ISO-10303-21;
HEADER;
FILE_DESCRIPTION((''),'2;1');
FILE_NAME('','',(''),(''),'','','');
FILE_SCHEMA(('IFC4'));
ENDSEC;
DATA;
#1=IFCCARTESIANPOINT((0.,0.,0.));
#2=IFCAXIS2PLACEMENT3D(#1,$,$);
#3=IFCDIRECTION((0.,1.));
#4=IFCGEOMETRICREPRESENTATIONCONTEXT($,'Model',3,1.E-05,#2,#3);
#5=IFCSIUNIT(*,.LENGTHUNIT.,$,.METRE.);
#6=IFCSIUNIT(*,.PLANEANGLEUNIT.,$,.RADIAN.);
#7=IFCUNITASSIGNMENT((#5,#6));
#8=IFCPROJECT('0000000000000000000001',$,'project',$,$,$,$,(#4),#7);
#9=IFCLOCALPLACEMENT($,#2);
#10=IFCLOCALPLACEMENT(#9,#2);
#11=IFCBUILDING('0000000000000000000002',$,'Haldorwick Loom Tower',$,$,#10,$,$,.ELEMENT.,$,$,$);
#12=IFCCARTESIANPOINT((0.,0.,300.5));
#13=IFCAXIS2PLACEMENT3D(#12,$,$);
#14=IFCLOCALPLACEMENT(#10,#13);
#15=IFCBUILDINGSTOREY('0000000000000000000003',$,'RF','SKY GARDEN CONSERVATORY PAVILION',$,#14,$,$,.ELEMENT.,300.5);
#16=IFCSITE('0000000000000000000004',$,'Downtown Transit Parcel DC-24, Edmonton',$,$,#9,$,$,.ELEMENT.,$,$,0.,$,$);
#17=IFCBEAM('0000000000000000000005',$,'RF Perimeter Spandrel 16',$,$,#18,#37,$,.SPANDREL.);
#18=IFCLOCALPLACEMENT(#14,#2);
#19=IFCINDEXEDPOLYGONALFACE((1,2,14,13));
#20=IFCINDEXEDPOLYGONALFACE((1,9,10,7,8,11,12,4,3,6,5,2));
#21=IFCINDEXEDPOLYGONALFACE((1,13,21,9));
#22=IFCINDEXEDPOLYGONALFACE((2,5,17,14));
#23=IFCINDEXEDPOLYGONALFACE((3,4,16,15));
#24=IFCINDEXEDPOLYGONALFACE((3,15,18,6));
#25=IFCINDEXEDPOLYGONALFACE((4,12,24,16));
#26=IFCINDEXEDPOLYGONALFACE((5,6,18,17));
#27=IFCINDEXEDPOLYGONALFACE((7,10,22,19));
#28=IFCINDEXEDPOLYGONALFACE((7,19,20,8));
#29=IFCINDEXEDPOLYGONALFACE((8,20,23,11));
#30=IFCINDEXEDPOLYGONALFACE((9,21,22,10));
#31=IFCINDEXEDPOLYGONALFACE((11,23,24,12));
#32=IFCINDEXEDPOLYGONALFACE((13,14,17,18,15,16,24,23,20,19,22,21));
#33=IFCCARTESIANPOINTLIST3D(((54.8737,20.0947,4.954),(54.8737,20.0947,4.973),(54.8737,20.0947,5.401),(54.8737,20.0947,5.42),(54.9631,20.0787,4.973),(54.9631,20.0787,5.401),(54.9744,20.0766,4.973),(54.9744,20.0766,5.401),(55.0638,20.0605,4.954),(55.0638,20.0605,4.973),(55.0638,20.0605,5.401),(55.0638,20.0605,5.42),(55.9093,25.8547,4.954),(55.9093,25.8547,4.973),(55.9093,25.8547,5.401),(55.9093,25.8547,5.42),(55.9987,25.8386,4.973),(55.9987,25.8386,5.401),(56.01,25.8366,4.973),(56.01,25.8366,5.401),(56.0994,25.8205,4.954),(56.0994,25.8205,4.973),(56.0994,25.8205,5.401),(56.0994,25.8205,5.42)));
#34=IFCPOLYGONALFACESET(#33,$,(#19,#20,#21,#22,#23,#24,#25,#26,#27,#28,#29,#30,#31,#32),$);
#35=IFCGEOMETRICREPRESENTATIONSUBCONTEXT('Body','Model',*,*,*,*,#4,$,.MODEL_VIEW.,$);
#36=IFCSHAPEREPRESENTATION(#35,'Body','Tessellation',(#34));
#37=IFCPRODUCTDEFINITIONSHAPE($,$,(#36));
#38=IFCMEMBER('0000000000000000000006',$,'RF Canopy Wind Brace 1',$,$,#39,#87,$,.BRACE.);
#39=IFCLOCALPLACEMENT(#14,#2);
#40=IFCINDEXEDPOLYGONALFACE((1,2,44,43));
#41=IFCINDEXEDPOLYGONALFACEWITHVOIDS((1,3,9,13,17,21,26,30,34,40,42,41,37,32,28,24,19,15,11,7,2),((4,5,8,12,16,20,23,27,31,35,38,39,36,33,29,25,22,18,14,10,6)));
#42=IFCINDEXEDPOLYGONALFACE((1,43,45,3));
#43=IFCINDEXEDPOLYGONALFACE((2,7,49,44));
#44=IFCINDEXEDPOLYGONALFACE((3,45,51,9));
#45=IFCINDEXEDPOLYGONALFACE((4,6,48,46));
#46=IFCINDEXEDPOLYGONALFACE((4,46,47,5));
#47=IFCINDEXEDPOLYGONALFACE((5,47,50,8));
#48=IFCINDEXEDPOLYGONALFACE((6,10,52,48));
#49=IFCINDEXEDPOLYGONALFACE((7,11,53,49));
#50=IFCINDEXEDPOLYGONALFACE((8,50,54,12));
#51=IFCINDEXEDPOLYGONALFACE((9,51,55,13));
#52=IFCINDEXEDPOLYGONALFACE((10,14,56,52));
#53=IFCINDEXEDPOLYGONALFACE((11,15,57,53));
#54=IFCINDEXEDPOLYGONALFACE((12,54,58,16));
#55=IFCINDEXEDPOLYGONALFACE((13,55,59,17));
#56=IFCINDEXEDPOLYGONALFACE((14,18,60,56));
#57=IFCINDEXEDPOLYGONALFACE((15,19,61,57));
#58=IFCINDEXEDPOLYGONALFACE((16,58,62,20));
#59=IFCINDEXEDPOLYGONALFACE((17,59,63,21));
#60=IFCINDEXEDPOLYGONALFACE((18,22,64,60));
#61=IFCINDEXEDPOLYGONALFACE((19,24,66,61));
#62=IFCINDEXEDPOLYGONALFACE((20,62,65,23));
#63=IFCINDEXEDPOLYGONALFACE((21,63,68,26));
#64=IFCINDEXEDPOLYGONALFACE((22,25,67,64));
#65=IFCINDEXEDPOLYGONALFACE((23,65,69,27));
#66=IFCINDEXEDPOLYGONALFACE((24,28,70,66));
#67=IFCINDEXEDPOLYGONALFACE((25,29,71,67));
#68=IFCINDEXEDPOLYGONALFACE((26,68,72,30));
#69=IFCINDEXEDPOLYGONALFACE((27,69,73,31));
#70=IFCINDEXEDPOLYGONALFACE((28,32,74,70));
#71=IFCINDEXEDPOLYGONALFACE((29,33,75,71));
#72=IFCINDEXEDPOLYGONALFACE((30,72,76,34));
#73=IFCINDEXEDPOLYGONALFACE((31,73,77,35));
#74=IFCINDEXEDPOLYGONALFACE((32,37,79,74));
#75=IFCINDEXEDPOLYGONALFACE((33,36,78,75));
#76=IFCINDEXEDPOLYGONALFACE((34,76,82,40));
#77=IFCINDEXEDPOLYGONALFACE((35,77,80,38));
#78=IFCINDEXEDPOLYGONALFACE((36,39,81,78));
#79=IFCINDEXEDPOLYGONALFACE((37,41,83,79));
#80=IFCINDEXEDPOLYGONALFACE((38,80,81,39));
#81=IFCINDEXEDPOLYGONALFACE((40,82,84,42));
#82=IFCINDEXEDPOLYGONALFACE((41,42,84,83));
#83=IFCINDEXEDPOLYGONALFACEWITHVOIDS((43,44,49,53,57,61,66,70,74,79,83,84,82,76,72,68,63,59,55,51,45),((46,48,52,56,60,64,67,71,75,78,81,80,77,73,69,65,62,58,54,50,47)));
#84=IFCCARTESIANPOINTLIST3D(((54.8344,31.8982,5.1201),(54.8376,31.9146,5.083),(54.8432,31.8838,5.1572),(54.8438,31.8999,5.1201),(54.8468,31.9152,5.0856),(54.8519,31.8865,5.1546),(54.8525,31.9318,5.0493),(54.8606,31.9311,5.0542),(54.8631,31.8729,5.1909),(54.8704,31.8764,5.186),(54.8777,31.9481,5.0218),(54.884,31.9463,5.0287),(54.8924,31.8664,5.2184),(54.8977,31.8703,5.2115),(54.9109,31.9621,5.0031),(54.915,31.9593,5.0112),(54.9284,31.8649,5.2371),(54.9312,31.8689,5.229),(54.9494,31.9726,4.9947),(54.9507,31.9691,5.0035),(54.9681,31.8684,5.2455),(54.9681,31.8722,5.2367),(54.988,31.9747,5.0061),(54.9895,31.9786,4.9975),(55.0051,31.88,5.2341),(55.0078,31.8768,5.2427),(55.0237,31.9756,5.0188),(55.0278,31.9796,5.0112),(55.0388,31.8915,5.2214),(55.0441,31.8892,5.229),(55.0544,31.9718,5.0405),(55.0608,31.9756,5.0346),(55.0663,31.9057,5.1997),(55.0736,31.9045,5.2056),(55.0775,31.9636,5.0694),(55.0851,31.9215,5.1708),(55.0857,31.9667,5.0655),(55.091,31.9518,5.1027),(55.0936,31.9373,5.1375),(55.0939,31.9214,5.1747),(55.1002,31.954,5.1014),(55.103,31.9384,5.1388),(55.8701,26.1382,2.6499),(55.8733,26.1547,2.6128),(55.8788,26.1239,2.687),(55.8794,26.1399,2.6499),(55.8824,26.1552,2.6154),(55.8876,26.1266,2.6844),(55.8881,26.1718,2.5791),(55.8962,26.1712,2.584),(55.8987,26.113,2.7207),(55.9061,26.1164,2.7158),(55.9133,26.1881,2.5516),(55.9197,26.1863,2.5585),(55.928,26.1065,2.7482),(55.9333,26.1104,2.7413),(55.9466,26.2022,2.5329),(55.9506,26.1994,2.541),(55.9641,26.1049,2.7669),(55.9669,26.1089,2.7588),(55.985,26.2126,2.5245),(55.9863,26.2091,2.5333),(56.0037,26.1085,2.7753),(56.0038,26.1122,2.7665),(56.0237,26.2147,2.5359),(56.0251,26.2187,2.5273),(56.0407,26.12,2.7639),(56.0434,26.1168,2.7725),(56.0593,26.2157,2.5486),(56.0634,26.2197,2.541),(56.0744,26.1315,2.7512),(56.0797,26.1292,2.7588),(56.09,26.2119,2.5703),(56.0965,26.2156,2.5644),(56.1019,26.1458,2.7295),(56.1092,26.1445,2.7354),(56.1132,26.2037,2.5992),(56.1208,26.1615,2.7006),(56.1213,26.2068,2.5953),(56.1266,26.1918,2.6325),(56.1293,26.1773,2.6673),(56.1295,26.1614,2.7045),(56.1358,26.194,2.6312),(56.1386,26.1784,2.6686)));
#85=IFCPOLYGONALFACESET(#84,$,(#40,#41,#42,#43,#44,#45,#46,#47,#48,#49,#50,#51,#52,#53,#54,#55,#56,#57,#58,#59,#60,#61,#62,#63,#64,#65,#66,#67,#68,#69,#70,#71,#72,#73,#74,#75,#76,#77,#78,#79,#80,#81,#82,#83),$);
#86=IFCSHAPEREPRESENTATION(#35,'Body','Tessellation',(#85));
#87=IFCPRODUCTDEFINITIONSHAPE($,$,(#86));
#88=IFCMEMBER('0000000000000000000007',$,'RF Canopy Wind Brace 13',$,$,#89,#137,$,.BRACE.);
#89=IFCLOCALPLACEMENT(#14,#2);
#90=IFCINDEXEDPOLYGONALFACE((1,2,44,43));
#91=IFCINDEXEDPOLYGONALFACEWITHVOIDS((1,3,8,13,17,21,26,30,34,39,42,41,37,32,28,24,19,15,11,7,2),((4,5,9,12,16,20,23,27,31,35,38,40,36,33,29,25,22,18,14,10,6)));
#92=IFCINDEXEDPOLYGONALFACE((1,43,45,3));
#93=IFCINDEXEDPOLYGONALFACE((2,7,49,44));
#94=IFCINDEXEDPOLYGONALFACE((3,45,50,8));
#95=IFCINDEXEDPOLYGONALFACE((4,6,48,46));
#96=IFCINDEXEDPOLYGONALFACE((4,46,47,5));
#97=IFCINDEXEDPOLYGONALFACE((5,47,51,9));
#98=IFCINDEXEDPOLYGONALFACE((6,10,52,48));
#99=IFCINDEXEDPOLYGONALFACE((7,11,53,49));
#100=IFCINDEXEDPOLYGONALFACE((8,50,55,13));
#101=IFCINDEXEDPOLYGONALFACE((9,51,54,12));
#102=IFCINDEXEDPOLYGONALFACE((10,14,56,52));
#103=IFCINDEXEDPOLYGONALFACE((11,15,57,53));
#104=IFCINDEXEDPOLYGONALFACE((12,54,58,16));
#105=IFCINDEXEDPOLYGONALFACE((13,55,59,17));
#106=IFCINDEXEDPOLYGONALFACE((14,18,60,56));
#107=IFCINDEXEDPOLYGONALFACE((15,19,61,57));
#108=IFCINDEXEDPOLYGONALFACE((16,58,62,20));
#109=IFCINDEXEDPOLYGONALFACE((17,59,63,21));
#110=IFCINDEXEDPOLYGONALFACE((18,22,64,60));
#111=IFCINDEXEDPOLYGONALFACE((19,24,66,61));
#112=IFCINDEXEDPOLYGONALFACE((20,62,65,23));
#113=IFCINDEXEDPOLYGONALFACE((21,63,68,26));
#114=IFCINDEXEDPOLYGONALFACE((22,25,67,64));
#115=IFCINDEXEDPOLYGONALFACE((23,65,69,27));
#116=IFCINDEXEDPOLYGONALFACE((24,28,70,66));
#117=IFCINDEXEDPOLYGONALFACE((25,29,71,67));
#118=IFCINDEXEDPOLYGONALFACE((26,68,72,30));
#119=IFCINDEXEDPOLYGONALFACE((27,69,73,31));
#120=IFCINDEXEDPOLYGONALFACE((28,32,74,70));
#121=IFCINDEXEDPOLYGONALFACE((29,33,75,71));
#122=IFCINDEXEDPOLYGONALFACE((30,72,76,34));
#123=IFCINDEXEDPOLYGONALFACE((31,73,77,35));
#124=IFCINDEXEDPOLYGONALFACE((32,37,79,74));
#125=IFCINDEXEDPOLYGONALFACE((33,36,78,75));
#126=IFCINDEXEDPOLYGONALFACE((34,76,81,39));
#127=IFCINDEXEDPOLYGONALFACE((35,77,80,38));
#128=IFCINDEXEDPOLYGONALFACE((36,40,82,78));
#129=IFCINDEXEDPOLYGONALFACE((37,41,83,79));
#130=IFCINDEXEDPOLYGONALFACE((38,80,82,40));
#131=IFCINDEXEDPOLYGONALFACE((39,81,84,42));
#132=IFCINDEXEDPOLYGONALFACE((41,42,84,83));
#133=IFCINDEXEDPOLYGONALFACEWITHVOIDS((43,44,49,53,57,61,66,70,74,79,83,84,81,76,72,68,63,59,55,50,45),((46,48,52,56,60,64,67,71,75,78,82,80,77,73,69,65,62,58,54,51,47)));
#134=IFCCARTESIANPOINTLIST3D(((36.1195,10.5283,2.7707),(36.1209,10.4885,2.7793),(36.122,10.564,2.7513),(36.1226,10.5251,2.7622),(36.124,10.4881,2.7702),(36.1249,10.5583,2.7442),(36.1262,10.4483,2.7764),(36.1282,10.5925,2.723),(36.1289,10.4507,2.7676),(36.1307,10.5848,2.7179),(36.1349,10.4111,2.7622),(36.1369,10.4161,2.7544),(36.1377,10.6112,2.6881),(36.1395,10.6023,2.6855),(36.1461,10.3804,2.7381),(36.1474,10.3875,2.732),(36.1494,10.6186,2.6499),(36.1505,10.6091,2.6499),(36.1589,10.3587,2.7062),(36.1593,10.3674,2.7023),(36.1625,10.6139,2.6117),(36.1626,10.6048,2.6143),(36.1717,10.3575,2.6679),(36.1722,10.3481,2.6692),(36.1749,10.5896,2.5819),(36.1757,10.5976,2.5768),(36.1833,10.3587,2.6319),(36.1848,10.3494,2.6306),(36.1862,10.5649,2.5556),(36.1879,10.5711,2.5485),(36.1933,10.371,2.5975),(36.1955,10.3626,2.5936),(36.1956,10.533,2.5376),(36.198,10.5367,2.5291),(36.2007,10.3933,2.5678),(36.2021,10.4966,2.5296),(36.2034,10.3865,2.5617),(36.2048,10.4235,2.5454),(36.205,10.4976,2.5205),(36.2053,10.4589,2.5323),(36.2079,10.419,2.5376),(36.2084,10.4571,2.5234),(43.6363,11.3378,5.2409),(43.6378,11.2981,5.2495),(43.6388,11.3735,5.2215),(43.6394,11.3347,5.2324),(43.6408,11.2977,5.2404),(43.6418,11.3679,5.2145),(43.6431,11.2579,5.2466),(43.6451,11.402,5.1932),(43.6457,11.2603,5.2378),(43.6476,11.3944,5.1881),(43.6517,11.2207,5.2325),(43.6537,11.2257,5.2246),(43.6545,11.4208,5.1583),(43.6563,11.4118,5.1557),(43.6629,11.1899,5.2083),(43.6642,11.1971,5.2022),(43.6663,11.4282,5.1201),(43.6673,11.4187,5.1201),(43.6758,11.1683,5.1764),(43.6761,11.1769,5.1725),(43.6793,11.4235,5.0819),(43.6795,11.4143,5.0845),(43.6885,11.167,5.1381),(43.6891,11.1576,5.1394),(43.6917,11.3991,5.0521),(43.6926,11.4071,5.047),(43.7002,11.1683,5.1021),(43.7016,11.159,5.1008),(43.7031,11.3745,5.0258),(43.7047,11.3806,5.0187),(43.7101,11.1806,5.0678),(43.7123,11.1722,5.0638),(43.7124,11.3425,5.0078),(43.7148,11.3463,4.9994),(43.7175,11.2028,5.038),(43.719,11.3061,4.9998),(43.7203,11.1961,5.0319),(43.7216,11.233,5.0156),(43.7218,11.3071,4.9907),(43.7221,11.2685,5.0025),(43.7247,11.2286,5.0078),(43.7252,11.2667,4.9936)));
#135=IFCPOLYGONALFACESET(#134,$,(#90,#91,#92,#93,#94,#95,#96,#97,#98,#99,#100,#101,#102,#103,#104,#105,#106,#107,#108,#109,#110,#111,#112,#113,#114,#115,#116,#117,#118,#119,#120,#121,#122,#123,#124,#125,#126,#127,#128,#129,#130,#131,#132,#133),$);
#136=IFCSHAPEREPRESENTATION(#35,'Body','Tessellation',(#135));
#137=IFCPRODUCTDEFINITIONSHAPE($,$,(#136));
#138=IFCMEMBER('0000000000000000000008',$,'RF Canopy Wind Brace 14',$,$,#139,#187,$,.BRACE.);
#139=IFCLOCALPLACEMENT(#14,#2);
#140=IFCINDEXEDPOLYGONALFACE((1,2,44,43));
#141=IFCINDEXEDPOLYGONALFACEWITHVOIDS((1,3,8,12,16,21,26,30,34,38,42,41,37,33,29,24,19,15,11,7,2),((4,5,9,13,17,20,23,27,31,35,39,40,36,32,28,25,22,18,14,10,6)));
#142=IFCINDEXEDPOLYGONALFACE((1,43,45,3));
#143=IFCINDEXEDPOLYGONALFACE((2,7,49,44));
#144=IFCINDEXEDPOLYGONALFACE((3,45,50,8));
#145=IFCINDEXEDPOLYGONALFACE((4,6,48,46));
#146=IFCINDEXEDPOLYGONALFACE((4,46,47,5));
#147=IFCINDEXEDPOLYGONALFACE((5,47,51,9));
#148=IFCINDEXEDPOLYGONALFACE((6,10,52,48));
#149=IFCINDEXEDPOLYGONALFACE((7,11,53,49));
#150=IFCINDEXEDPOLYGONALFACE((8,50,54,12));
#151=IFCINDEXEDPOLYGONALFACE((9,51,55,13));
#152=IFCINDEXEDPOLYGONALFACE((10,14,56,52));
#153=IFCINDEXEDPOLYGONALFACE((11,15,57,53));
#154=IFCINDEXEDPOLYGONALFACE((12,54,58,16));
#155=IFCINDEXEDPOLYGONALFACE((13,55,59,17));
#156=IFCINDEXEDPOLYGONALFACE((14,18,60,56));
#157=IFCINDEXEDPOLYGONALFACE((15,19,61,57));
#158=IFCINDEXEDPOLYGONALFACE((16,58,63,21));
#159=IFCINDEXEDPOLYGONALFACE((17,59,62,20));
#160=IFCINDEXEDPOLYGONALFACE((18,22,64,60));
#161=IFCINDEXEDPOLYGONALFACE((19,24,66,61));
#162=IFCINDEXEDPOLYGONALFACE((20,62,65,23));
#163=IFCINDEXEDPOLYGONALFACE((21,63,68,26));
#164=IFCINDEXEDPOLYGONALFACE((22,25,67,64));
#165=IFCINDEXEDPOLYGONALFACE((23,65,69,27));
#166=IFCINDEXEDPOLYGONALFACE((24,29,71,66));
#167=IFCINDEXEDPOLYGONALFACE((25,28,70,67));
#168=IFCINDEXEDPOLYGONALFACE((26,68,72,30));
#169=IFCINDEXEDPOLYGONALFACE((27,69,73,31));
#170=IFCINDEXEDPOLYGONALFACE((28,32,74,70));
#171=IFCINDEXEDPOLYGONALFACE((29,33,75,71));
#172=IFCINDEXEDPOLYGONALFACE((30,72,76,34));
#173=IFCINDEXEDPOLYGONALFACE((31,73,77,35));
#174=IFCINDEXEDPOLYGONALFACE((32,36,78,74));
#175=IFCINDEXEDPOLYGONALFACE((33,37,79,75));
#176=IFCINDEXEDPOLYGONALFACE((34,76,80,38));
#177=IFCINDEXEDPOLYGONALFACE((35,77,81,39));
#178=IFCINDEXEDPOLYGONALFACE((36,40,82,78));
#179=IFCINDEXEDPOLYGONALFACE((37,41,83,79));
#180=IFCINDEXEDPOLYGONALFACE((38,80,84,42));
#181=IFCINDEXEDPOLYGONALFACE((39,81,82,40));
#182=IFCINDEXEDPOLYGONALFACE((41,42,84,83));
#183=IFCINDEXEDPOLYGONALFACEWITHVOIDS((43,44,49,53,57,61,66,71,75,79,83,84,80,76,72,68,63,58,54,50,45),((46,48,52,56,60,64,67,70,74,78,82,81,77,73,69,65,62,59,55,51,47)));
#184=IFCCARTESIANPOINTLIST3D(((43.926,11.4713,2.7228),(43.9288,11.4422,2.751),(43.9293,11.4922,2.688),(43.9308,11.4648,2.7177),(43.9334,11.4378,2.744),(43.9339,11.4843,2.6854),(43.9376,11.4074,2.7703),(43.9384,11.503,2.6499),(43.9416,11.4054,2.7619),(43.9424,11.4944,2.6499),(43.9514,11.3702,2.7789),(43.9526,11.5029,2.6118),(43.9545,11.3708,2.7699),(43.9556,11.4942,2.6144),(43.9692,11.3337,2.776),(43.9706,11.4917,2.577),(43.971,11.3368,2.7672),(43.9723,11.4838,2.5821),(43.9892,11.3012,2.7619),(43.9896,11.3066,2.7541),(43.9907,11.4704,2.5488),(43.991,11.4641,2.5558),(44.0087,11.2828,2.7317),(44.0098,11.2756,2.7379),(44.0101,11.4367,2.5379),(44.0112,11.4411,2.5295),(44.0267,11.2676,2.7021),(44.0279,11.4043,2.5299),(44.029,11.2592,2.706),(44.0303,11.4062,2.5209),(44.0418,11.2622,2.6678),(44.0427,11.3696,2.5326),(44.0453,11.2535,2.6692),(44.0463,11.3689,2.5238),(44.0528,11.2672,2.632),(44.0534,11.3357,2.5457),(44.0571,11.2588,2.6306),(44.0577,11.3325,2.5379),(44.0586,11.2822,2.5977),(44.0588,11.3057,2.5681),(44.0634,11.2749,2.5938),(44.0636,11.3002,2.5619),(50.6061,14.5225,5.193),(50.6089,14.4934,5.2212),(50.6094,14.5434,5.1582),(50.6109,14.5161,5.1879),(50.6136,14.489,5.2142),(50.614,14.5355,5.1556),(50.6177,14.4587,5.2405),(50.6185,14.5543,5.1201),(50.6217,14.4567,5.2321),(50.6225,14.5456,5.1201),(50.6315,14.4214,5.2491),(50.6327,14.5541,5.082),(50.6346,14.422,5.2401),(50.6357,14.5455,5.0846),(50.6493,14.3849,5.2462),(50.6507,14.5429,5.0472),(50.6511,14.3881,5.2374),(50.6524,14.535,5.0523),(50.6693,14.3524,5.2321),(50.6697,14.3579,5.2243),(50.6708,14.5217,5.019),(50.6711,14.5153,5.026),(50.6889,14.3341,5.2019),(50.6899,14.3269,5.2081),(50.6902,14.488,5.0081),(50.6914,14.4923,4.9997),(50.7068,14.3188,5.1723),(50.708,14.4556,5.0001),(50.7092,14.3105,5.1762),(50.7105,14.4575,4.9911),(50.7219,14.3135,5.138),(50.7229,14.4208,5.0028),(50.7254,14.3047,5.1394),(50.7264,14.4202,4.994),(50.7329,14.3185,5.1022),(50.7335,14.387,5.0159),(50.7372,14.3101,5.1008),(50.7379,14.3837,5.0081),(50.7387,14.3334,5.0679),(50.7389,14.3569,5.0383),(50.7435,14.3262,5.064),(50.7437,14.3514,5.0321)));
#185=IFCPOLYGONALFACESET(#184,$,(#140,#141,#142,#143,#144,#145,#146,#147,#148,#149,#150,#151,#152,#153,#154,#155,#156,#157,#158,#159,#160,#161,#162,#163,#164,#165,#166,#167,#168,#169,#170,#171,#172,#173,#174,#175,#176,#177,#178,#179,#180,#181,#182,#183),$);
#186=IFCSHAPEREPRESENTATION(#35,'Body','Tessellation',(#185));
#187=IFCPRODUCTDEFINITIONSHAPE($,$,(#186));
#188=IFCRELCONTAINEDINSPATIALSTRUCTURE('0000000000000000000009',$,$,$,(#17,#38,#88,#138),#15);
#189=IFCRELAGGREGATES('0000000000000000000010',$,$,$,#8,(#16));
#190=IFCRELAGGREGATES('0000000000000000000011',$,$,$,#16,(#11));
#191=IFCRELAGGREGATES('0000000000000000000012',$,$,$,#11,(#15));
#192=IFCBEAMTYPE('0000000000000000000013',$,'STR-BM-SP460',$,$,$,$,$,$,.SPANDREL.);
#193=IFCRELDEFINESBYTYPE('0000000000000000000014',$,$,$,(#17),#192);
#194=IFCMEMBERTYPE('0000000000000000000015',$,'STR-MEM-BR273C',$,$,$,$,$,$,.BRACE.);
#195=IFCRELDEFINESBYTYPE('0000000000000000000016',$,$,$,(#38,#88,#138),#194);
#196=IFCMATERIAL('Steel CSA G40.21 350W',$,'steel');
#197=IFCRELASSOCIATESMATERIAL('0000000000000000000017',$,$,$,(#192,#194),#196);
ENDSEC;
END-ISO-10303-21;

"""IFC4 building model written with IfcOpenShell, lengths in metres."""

from ifc_helpers import new_model, si_unit, direction, frame, origin, origin_2d, place, context, subcontext, project, spatial, hollow_circle, i_section, extrude, material, material_profile, profile_set, type_object, element, save


model = new_model("IFC4")

# Units and contexts
model_context = context("Model", 3, precision=1e-05, world=origin(), true_north=direction((0.0, 1.0)))
body_context = subcontext(model_context, "Body", "Model", "MODEL_VIEW")
ifc_project = project(units=[si_unit("LENGTHUNIT", "METRE"), si_unit("PLANEANGLEUNIT", "RADIAN")], contexts=[model_context])

# Site, building, storey
site_placement = place(None, origin())
site = spatial("IfcSite", under=ifc_project, at=site_placement, Name="Downtown Transit Parcel DC-24, Edmonton", CompositionType="ELEMENT", RefElevation=0.0)
building_placement = place(site_placement, origin())
building = spatial("IfcBuilding", under=site, at=building_placement, Name="Haldorwick Loom Tower", CompositionType="ELEMENT")
storey_placement = place(building_placement, frame((0.0, 0.0, 300.5)))
storey = spatial("IfcBuildingStorey", under=building, at=storey_placement, Name="RF", Description="SKY GARDEN CONSERVATORY PAVILION", CompositionType="ELEMENT", Elevation=300.5)

# Shared definitions
ifc_material_1 = material(Name="Steel CSA G40.21 350W", Category="steel")

# Beam
ifc_material_profile_1 = material_profile(ifc_material_1, i_section(OverallWidth=0.1931, OverallDepth=0.4661, WebThickness=0.0115, FlangeThickness=0.019, at=origin_2d()), Name="W460X97", Category="steel")
ifc_profile_set_1 = profile_set([ifc_material_profile_1], Name="Steel CSA G40.21 350W")
beam_type = type_object("IfcBeamType", Name="STR-BM-SP460", PredefinedType="SPANDREL", material=ifc_profile_set_1)
beam_1_placement = place(storey_placement, frame((54.9688, 20.0776, 5.187), z_axis=(0.176961, 0.984218, 0.0), x_axis=(-0.984218, 0.176961, 0.0)))
element("IfcBeam", 1, at=beam_1_placement, inside=storey, type_object=beam_type, Name="RF Perimeter Spandrel 16", PredefinedType="SPANDREL", context=body_context, shape_type="SweptSolid", body=[
    extrude(i_section(OverallWidth=0.1931, OverallDepth=0.4661, WebThickness=0.0115, FlangeThickness=0.019, at=origin_2d()), origin(), (0.0, 0.0, 1.0), 5.8523),
])

# Members
ifc_material_profile_2 = material_profile(ifc_material_1, hollow_circle(Radius=0.1365, WallThickness=0.0095, at=origin_2d()), Name="HSS273X10", Category="steel")
ifc_profile_set_2 = profile_set([ifc_material_profile_2], Name="Steel CSA G40.21 350W")
member_type_1 = type_object("IfcMemberType", Name="STR-MEM-BR273C", PredefinedType="BRACE", material=ifc_profile_set_2)
member_1_placement = place(storey_placement, frame((56.0044, 26.1624, 2.6499), z_axis=(-0.163034, 0.906754, 0.388867), x_axis=(-0.984218, -0.176961, 0.0)))
element("IfcMember", 2, at=member_1_placement, inside=storey, type_object=member_type_1, Name="RF Canopy Wind Brace 1", PredefinedType="BRACE", context=body_context, shape_type="SweptSolid", body=[
    extrude(hollow_circle(Radius=0.1365, WallThickness=0.0095, at=origin_2d()), origin(), (0.0, 0.0, 1.0), 6.3523),
])
member_2_placement = place(storey_placement, frame((36.1641, 10.4829, 2.6499), z_axis=(0.945083, 0.101786, 0.310577), x_axis=(-0.107082, 0.99425, 0.0)))
element("IfcMember", 3, at=member_2_placement, inside=storey, type_object=member_type_1, Name="RF Canopy Wind Brace 13", PredefinedType="BRACE", context=body_context, shape_type="SweptSolid", body=[
    extrude(hollow_circle(Radius=0.1365, WallThickness=0.0095, at=origin_2d()), origin(), (0.0, 0.0, 1.0), 7.9536),
])
member_3_placement = place(storey_placement, frame((43.9951, 11.3789, 2.6499), z_axis=(0.862142, 0.393796, 0.318805), x_axis=(-0.415475, 0.909604, 0.0)))
element("IfcMember", 4, at=member_3_placement, inside=storey, type_object=member_type_1, Name="RF Canopy Wind Brace 14", PredefinedType="BRACE", context=body_context, shape_type="SweptSolid", body=[
    extrude(hollow_circle(Radius=0.1365, WallThickness=0.0095, at=origin_2d()), origin(), (0.0, 0.0, 1.0), 7.7483),
])

save(model, "model.ifc")
